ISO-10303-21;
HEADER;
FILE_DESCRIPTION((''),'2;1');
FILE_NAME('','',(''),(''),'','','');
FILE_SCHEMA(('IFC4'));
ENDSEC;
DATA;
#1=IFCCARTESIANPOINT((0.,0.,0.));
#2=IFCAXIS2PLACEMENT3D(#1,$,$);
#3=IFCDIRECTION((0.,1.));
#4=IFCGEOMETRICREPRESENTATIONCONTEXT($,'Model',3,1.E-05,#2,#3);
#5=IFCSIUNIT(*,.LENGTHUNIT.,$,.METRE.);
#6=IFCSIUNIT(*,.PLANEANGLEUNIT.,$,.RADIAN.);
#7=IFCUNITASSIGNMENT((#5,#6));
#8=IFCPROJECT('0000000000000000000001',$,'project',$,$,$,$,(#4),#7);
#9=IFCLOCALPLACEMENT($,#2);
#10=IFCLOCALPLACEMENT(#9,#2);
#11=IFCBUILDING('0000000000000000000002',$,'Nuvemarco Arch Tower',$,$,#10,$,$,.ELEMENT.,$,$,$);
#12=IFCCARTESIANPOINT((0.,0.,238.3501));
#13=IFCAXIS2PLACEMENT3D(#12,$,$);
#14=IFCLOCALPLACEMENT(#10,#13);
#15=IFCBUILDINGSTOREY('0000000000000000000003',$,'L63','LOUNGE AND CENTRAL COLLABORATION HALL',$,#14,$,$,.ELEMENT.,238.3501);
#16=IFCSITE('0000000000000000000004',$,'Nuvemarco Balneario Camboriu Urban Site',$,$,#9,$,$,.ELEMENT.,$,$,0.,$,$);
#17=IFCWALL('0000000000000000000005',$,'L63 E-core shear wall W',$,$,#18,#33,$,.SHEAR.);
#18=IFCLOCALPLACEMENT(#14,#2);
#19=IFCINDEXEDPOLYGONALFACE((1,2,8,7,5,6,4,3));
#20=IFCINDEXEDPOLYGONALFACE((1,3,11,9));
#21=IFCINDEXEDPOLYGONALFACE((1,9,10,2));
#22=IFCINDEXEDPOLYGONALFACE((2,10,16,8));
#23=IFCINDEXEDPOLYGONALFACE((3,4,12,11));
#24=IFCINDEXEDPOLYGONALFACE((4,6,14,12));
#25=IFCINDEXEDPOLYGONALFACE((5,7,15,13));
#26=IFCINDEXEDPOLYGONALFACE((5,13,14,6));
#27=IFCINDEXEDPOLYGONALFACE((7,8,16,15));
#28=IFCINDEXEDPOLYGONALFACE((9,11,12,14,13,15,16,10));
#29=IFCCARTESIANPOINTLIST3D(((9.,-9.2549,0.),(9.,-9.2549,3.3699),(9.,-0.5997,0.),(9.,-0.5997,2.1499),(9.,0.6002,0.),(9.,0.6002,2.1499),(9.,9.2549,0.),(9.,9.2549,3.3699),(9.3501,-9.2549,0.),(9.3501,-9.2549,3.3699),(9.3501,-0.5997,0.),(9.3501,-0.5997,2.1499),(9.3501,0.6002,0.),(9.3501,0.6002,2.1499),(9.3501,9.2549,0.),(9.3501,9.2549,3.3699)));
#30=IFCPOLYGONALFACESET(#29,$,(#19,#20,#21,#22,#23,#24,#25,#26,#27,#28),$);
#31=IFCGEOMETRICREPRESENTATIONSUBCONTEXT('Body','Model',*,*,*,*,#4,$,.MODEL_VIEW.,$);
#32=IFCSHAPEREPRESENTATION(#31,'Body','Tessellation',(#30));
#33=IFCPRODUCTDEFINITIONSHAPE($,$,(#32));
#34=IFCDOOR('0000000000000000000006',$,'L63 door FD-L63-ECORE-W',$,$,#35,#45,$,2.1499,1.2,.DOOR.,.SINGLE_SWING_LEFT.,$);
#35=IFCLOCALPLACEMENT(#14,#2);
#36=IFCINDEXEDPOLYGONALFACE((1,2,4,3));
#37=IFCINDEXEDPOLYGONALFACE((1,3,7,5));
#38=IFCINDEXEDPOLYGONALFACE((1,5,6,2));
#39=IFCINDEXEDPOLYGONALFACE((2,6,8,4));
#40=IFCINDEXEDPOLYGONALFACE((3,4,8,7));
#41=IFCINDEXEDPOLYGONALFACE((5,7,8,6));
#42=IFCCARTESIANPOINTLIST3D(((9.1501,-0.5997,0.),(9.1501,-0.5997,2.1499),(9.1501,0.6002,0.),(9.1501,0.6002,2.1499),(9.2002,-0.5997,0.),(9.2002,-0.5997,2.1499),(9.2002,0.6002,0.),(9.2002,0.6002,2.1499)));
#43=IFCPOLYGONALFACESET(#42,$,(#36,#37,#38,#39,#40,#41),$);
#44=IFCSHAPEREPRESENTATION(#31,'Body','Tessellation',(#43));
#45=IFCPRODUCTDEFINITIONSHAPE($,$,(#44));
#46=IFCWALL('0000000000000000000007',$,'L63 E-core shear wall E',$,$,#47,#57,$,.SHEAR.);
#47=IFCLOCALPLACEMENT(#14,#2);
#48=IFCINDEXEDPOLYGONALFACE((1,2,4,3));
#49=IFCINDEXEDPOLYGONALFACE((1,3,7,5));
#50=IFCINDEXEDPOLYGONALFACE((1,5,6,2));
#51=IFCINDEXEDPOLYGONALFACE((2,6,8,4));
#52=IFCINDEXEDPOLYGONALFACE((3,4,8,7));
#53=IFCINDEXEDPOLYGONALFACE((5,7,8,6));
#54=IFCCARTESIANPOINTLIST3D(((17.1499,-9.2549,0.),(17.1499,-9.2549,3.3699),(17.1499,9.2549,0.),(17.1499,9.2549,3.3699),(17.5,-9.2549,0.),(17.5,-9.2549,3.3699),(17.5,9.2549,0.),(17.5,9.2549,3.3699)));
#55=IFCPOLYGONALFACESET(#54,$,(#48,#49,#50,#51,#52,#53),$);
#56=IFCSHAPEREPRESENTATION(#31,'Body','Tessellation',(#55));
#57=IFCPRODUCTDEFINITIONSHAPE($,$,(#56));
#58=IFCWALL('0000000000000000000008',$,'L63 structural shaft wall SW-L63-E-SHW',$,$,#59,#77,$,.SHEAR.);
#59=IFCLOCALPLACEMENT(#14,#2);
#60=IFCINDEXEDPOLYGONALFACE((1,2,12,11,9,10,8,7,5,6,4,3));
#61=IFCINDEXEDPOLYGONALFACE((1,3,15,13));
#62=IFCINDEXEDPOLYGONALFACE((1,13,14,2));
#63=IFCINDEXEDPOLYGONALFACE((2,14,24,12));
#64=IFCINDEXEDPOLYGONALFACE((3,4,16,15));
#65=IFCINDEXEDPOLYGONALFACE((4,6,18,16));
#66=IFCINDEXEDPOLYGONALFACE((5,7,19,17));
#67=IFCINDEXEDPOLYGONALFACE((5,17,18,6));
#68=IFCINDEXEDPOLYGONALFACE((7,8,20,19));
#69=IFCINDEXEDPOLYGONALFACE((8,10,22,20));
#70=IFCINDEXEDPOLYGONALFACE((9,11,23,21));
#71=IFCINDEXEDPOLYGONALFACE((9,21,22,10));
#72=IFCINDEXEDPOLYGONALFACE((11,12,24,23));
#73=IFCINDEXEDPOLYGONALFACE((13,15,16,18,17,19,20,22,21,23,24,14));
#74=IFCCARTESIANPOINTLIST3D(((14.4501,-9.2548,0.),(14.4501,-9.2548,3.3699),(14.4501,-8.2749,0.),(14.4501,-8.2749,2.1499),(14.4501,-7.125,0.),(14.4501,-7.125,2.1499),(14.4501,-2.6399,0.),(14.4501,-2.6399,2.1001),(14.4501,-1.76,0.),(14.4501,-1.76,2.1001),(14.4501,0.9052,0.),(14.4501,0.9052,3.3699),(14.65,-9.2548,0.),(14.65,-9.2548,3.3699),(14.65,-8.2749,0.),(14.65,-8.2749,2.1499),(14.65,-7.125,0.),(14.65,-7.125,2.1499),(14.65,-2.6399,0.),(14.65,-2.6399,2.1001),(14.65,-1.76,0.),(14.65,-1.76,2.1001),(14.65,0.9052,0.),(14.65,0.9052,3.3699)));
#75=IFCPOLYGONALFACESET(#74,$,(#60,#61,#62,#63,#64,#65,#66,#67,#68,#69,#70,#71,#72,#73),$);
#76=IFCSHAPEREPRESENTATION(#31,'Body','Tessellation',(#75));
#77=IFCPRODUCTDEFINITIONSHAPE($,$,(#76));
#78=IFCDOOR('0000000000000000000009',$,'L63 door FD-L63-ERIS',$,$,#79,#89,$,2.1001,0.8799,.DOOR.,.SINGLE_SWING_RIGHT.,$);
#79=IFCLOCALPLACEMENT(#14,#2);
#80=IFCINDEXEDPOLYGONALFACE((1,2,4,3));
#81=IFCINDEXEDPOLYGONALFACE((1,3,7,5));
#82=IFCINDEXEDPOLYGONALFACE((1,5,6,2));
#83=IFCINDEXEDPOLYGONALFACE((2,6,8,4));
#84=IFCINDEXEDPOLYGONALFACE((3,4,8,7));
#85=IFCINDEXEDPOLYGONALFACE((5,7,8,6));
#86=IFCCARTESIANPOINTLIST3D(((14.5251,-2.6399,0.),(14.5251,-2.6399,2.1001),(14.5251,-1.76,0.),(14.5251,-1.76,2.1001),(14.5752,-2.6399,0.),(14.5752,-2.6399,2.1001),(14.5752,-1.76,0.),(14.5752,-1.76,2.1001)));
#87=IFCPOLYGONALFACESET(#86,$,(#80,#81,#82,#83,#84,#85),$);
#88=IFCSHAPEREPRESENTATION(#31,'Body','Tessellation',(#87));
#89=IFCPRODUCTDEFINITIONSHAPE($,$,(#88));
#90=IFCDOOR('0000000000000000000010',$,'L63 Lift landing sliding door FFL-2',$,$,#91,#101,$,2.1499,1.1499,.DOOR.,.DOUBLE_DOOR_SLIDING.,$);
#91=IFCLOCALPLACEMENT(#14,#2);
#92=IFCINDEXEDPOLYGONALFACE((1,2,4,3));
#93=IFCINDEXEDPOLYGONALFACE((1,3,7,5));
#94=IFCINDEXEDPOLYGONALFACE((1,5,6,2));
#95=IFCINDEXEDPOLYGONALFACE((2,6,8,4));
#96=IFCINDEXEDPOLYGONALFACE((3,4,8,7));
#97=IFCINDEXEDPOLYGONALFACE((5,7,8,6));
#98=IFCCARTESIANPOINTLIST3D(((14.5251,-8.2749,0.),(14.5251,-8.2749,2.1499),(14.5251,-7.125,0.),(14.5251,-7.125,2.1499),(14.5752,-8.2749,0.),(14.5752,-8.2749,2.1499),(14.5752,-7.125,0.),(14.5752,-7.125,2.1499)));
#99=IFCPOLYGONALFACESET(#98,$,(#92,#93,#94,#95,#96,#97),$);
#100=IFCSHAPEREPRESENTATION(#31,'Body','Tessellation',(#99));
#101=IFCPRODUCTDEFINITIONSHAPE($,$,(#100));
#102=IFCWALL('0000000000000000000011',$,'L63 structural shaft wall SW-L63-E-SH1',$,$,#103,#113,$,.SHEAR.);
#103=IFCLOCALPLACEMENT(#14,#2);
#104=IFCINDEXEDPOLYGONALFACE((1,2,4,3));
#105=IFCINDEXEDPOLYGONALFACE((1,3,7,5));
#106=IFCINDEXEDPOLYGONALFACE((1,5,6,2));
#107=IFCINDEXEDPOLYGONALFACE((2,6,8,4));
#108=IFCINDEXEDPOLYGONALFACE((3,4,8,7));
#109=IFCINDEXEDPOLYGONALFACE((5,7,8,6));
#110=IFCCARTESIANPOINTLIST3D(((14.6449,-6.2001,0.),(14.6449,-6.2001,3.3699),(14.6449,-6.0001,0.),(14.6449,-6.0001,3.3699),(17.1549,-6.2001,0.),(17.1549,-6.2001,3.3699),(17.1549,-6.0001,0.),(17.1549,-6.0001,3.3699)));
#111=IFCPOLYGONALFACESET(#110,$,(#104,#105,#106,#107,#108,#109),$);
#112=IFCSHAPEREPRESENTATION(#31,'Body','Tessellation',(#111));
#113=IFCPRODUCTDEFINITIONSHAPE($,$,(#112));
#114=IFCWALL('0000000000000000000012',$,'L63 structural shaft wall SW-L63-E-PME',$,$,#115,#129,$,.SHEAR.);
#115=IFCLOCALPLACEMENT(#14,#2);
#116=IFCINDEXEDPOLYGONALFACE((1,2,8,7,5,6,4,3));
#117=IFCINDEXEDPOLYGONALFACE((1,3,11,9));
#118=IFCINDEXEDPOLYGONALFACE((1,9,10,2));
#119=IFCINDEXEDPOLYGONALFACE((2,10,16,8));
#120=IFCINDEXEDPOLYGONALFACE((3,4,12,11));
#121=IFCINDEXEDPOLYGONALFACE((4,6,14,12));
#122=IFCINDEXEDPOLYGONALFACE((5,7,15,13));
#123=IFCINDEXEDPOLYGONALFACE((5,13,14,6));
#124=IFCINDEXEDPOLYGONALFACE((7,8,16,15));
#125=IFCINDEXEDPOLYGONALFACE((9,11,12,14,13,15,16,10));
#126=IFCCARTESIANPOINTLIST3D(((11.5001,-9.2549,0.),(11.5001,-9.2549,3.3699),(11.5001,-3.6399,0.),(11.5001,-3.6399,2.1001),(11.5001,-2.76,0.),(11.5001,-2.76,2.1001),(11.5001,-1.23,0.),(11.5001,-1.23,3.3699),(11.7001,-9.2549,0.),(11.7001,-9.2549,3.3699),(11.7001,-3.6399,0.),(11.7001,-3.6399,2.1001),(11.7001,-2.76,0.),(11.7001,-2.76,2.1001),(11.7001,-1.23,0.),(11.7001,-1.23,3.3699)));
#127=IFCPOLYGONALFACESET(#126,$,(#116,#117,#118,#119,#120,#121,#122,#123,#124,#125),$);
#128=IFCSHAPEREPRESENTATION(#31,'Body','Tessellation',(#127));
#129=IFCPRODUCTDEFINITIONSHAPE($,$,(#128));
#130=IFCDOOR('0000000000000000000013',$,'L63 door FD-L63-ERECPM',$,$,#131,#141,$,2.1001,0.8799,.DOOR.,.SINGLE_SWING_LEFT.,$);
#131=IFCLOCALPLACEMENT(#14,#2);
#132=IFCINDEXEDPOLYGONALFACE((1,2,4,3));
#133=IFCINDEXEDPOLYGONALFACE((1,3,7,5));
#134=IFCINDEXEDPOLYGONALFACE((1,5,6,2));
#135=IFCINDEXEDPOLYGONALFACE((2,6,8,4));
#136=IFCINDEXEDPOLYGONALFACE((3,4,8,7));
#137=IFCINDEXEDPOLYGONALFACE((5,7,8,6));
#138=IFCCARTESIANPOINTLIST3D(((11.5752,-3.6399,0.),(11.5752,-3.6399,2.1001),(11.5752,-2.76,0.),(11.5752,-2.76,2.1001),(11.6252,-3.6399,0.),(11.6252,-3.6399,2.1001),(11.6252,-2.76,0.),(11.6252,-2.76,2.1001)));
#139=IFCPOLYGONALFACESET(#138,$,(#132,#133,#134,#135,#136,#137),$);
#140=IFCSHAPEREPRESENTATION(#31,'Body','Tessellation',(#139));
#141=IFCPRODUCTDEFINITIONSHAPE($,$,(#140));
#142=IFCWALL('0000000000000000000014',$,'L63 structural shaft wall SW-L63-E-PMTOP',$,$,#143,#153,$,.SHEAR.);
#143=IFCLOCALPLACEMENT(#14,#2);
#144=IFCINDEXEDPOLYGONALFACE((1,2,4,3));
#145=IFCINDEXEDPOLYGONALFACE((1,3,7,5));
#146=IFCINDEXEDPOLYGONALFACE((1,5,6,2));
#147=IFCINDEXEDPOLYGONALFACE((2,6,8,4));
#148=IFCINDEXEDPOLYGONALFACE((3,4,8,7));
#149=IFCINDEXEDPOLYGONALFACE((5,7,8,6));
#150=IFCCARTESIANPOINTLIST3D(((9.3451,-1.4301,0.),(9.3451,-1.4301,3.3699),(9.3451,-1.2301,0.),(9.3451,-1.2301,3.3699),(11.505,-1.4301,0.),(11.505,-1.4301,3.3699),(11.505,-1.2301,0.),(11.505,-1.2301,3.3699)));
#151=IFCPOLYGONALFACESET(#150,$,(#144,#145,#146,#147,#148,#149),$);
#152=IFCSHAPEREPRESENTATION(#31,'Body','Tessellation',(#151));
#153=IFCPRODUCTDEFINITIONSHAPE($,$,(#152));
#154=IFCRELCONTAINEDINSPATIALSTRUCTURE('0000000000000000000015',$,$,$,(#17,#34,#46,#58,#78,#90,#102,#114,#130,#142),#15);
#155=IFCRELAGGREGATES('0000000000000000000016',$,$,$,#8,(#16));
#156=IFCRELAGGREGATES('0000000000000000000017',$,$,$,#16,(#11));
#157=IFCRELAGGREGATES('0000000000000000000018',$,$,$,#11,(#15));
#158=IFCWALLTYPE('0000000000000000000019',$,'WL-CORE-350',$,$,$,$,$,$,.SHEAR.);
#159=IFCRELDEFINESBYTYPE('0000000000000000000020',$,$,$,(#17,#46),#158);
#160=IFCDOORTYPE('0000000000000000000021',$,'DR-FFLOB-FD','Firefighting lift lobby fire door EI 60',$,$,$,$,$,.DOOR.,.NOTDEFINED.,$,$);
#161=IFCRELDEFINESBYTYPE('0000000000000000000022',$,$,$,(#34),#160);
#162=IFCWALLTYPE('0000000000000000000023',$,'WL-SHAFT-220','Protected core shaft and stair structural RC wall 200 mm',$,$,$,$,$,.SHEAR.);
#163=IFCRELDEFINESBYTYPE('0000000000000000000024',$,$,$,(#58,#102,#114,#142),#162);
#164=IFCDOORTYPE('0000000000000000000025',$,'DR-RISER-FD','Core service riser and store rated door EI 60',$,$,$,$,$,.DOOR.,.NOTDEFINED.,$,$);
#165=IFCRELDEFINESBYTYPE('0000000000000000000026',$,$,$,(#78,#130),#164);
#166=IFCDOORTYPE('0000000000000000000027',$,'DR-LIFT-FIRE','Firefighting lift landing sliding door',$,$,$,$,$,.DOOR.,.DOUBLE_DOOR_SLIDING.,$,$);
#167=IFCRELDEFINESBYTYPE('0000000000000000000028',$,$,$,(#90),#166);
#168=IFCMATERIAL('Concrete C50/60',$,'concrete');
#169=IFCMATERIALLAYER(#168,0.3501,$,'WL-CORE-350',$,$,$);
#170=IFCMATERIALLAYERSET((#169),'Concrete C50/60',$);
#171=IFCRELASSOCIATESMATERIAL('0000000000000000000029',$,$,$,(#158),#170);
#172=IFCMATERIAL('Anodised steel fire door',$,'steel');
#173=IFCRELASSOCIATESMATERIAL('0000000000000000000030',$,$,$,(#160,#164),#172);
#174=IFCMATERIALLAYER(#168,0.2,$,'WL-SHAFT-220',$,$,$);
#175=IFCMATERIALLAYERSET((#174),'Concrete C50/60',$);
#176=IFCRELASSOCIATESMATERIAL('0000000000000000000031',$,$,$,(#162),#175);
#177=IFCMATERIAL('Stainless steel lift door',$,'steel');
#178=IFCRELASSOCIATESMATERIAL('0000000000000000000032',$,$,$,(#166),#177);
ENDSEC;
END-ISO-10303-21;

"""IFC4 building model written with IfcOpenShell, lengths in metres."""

from ifc_helpers import new_model, si_unit, direction, frame, frame_2d, origin, place, context, subcontext, project, spatial, rectangle, extrude, source, transform, mapped, material, layer, layer_set, type_object, type_shapes, element, fill, save


model = new_model("IFC4")

# Units and contexts
model_context = context("Model", 3, precision=1e-05, world=origin(), true_north=direction((0.0, 1.0)))
body_context = subcontext(model_context, "Body", "Model", "MODEL_VIEW")
ifc_project = project(units=[si_unit("LENGTHUNIT", "METRE"), si_unit("PLANEANGLEUNIT", "RADIAN")], contexts=[model_context])

# Site, building, storey
site_placement = place(None, origin())
site = spatial("IfcSite", under=ifc_project, at=site_placement, Name="Nuvemarco Balneario Camboriu Urban Site", CompositionType="ELEMENT", RefElevation=0.0)
building_placement = place(site_placement, origin())
building = spatial("IfcBuilding", under=site, at=building_placement, Name="Nuvemarco Arch Tower", CompositionType="ELEMENT")
storey_placement = place(building_placement, frame((0.0, 0.0, 238.3501)))
storey = spatial("IfcBuildingStorey", under=building, at=storey_placement, Name="L63", Description="LOUNGE AND CENTRAL COLLABORATION HALL", CompositionType="ELEMENT", Elevation=238.3501)

# Shared definitions
ifc_material_1 = material(Name="Concrete C50/60", Category="concrete")

# Shared definitions
ifc_layer_1 = layer(ifc_material_1, 0.3501, Name="WL-CORE-350")
ifc_layer_set_1 = layer_set([ifc_layer_1], Name="Concrete C50/60")
wall_type_1 = type_object("IfcWallType", Name="WL-CORE-350", PredefinedType="SHEAR", material=ifc_layer_set_1)

# Wall, opening, door
wall_1_placement = place(storey_placement, frame((9.175, -9.2549, 0.0), z_axis=(0.0, 0.0, 1.0), x_axis=(0.0, 1.0, 0.0)))
wall_1 = element("IfcWall", 1, at=wall_1_placement, inside=storey, type_object=wall_type_1, Name="L63 E-core shear wall W", PredefinedType="SHEAR", context=body_context, shape_type="SweptSolid", body=[
    extrude(rectangle(XDim=18.5098, YDim=0.3501, at=frame_2d((9.2549, 0.0))), origin(), (0.0, 0.0, 1.0), 3.3699),
])
opening_1_placement = place(wall_1_placement, frame((8.655, 0.0, 0.0)))
opening_1 = element("IfcOpeningElement", 2, at=opening_1_placement, cuts=wall_1, PredefinedType="OPENING", context=body_context, shape_type="SweptSolid", body=[
    extrude(rectangle(XDim=1.2, YDim=2.1499, at=frame_2d((0.6001, 1.075))), frame((0.0, 0.1851, 0.0), z_axis=(0.0, -1.0, 0.0), x_axis=(1.0, 0.0, 0.0)), (0.0, 0.0, 1.0), 0.3701),
])
ifc_material_2 = material(Name="Anodised steel fire door", Category="steel")
door_type_1 = type_object("IfcDoorType", Name="DR-FFLOB-FD", Description="Firefighting lift lobby fire door EI 60", OperationType="NOTDEFINED", PredefinedType="DOOR", material=ifc_material_2)
shared_shape_1 = source(origin(), body_context, "Body", "SweptSolid", [
    extrude(rectangle(XDim=1.2, YDim=2.1499, at=frame_2d((0.6001, 1.075))), frame((0.0, 0.0249, 0.0), z_axis=(0.0, -1.0, 0.0), x_axis=(1.0, 0.0, 0.0)), (0.0, 0.0, 1.0), 0.05),
])
type_shapes(door_type_1, [shared_shape_1])
door_1_placement = place(opening_1_placement, origin())
door_1 = element("IfcDoor", 3, at=door_1_placement, inside=storey, type_object=door_type_1, Name="L63 door FD-L63-ECORE-W", OperationType="SINGLE_SWING_LEFT", OverallHeight=2.1499, OverallWidth=1.2, PredefinedType="DOOR", context=body_context, shape_type="MappedRepresentation", body=[
    mapped(shared_shape_1, transform((0.0, 0.0, 0.0), scale=1.0)),
])
fill(opening_1, door_1)

# Wall
wall_2_placement = place(storey_placement, frame((17.325, -9.2549, 0.0), z_axis=(0.0, 0.0, 1.0), x_axis=(0.0, 1.0, 0.0)))
element("IfcWall", 4, at=wall_2_placement, inside=storey, type_object=wall_type_1, Name="L63 E-core shear wall E", PredefinedType="SHEAR", context=body_context, shape_type="SweptSolid", body=[
    extrude(rectangle(XDim=18.5098, YDim=0.3501, at=frame_2d((9.2549, 0.0))), origin(), (0.0, 0.0, 1.0), 3.3699),
])

# Wall, openings, doors
ifc_layer_2 = layer(ifc_material_1, 0.2, Name="WL-SHAFT-220")
ifc_layer_set_2 = layer_set([ifc_layer_2], Name="Concrete C50/60")
wall_type_2 = type_object("IfcWallType", Name="WL-SHAFT-220", Description="Protected core shaft and stair structural RC wall 200 mm", PredefinedType="SHEAR", material=ifc_layer_set_2)
wall_3_placement = place(storey_placement, frame((14.55, -9.2549, 0.0), z_axis=(0.0, 0.0, 1.0), x_axis=(0.0, 1.0, 0.0)))
wall_3 = element("IfcWall", 5, at=wall_3_placement, inside=storey, type_object=wall_type_2, Name="L63 structural shaft wall SW-L63-E-SHW", PredefinedType="SHEAR", context=body_context, shape_type="SweptSolid", body=[
    extrude(rectangle(XDim=10.1599, YDim=0.2, at=frame_2d((5.0801, 0.0))), origin(), (0.0, 0.0, 1.0), 3.3699),
])
opening_2_placement = place(wall_3_placement, frame((6.615, 0.0, 0.0)))
opening_2 = element("IfcOpeningElement", 6, at=opening_2_placement, cuts=wall_3, PredefinedType="OPENING", context=body_context, shape_type="SweptSolid", body=[
    extrude(rectangle(XDim=0.8799, YDim=2.1001, at=frame_2d((0.4399, 1.05))), frame((0.0, 0.1099, 0.0), z_axis=(0.0, -1.0, 0.0), x_axis=(1.0, 0.0, 0.0)), (0.0, 0.0, 1.0), 0.22),
])
opening_3_placement = place(wall_3_placement, frame((0.98, 0.0, 0.0)))
opening_3 = element("IfcOpeningElement", 7, at=opening_3_placement, cuts=wall_3, PredefinedType="OPENING", context=body_context, shape_type="SweptSolid", body=[
    extrude(rectangle(XDim=1.1499, YDim=2.1499, at=frame_2d((0.575, 1.075))), frame((0.0, 0.1099, 0.0), z_axis=(0.0, -1.0, 0.0), x_axis=(1.0, 0.0, 0.0)), (0.0, 0.0, 1.0), 0.22),
])
door_type_2 = type_object("IfcDoorType", Name="DR-RISER-FD", Description="Core service riser and store rated door EI 60", OperationType="NOTDEFINED", PredefinedType="DOOR", material=ifc_material_2)
shared_shape_2 = source(origin(), body_context, "Body", "SweptSolid", [
    extrude(rectangle(XDim=0.8799, YDim=2.1001, at=frame_2d((0.4399, 1.05))), frame((0.0, 0.0249, 0.0), z_axis=(0.0, -1.0, 0.0), x_axis=(1.0, 0.0, 0.0)), (0.0, 0.0, 1.0), 0.05),
])
type_shapes(door_type_2, [shared_shape_2])
door_2_placement = place(opening_2_placement, origin())
door_2 = element("IfcDoor", 8, at=door_2_placement, inside=storey, type_object=door_type_2, Name="L63 door FD-L63-ERIS", OperationType="SINGLE_SWING_RIGHT", OverallHeight=2.1001, OverallWidth=0.8799, PredefinedType="DOOR", context=body_context, shape_type="MappedRepresentation", body=[
    mapped(shared_shape_2, transform((0.0, 0.0, 0.0), scale=1.0)),
])
fill(opening_2, door_2)
ifc_material_3 = material(Name="Stainless steel lift door", Category="steel")
door_type_3 = type_object("IfcDoorType", Name="DR-LIFT-FIRE", Description="Firefighting lift landing sliding door", OperationType="DOUBLE_DOOR_SLIDING", PredefinedType="DOOR", material=ifc_material_3)
shared_shape_3 = source(origin(), body_context, "Body", "SweptSolid", [
    extrude(rectangle(XDim=1.1499, YDim=2.1499, at=frame_2d((0.575, 1.075))), frame((0.0, 0.0249, 0.0), z_axis=(0.0, -1.0, 0.0), x_axis=(1.0, 0.0, 0.0)), (0.0, 0.0, 1.0), 0.05),
])
type_shapes(door_type_3, [shared_shape_3])
door_3_placement = place(opening_3_placement, origin())
door_3 = element("IfcDoor", 9, at=door_3_placement, inside=storey, type_object=door_type_3, Name="L63 Lift landing sliding door FFL-2", OperationType="DOUBLE_DOOR_SLIDING", OverallHeight=2.1499, OverallWidth=1.1499, PredefinedType="DOOR", context=body_context, shape_type="MappedRepresentation", body=[
    mapped(shared_shape_3, transform((0.0, 0.0, 0.0), scale=1.0)),
])
fill(opening_3, door_3)

# Wall
wall_4_placement = place(storey_placement, frame((14.645, -6.1001, 0.0), z_axis=(0.0, 0.0, 1.0), x_axis=(1.0, 0.0, 0.0)))
element("IfcWall", 10, at=wall_4_placement, inside=storey, type_object=wall_type_2, Name="L63 structural shaft wall SW-L63-E-SH1", PredefinedType="SHEAR", context=body_context, shape_type="SweptSolid", body=[
    extrude(rectangle(XDim=2.51, YDim=0.2, at=frame_2d((1.2549, 0.0))), origin(), (0.0, 0.0, 1.0), 3.3699),
])

# Wall, opening, door
wall_5_placement = place(storey_placement, frame((11.6001, -9.2549, 0.0), z_axis=(0.0, 0.0, 1.0), x_axis=(0.0, 1.0, 0.0)))
wall_5 = element("IfcWall", 11, at=wall_5_placement, inside=storey, type_object=wall_type_2, Name="L63 structural shaft wall SW-L63-E-PME", PredefinedType="SHEAR", context=body_context, shape_type="SweptSolid", body=[
    extrude(rectangle(XDim=8.0249, YDim=0.2, at=frame_2d((4.0125, 0.0))), origin(), (0.0, 0.0, 1.0), 3.3699),
])
opening_4_placement = place(wall_5_placement, frame((5.615, 0.0, 0.0)))
opening_4 = element("IfcOpeningElement", 12, at=opening_4_placement, cuts=wall_5, PredefinedType="OPENING", context=body_context, shape_type="SweptSolid", body=[
    extrude(rectangle(XDim=0.8799, YDim=2.1001, at=frame_2d((0.4399, 1.05))), frame((0.0, 0.1099, 0.0), z_axis=(0.0, -1.0, 0.0), x_axis=(1.0, 0.0, 0.0)), (0.0, 0.0, 1.0), 0.22),
])
door_4_placement = place(opening_4_placement, origin())
door_4 = element("IfcDoor", 13, at=door_4_placement, inside=storey, type_object=door_type_2, Name="L63 door FD-L63-ERECPM", OperationType="SINGLE_SWING_LEFT", OverallHeight=2.1001, OverallWidth=0.8799, PredefinedType="DOOR", context=body_context, shape_type="MappedRepresentation", body=[
    mapped(shared_shape_2, transform((0.0, 0.0, 0.0), scale=1.0)),
])
fill(opening_4, door_4)

# Wall
wall_6_placement = place(storey_placement, frame((9.345, -1.3301, 0.0), z_axis=(0.0, 0.0, 1.0), x_axis=(1.0, 0.0, 0.0)))
element("IfcWall", 14, at=wall_6_placement, inside=storey, type_object=wall_type_2, Name="L63 structural shaft wall SW-L63-E-PMTOP", PredefinedType="SHEAR", context=body_context, shape_type="SweptSolid", body=[
    extrude(rectangle(XDim=2.1599, YDim=0.2, at=frame_2d((1.0801, 0.0))), origin(), (0.0, 0.0, 1.0), 3.3699),
])

save(model, "model.ifc")
